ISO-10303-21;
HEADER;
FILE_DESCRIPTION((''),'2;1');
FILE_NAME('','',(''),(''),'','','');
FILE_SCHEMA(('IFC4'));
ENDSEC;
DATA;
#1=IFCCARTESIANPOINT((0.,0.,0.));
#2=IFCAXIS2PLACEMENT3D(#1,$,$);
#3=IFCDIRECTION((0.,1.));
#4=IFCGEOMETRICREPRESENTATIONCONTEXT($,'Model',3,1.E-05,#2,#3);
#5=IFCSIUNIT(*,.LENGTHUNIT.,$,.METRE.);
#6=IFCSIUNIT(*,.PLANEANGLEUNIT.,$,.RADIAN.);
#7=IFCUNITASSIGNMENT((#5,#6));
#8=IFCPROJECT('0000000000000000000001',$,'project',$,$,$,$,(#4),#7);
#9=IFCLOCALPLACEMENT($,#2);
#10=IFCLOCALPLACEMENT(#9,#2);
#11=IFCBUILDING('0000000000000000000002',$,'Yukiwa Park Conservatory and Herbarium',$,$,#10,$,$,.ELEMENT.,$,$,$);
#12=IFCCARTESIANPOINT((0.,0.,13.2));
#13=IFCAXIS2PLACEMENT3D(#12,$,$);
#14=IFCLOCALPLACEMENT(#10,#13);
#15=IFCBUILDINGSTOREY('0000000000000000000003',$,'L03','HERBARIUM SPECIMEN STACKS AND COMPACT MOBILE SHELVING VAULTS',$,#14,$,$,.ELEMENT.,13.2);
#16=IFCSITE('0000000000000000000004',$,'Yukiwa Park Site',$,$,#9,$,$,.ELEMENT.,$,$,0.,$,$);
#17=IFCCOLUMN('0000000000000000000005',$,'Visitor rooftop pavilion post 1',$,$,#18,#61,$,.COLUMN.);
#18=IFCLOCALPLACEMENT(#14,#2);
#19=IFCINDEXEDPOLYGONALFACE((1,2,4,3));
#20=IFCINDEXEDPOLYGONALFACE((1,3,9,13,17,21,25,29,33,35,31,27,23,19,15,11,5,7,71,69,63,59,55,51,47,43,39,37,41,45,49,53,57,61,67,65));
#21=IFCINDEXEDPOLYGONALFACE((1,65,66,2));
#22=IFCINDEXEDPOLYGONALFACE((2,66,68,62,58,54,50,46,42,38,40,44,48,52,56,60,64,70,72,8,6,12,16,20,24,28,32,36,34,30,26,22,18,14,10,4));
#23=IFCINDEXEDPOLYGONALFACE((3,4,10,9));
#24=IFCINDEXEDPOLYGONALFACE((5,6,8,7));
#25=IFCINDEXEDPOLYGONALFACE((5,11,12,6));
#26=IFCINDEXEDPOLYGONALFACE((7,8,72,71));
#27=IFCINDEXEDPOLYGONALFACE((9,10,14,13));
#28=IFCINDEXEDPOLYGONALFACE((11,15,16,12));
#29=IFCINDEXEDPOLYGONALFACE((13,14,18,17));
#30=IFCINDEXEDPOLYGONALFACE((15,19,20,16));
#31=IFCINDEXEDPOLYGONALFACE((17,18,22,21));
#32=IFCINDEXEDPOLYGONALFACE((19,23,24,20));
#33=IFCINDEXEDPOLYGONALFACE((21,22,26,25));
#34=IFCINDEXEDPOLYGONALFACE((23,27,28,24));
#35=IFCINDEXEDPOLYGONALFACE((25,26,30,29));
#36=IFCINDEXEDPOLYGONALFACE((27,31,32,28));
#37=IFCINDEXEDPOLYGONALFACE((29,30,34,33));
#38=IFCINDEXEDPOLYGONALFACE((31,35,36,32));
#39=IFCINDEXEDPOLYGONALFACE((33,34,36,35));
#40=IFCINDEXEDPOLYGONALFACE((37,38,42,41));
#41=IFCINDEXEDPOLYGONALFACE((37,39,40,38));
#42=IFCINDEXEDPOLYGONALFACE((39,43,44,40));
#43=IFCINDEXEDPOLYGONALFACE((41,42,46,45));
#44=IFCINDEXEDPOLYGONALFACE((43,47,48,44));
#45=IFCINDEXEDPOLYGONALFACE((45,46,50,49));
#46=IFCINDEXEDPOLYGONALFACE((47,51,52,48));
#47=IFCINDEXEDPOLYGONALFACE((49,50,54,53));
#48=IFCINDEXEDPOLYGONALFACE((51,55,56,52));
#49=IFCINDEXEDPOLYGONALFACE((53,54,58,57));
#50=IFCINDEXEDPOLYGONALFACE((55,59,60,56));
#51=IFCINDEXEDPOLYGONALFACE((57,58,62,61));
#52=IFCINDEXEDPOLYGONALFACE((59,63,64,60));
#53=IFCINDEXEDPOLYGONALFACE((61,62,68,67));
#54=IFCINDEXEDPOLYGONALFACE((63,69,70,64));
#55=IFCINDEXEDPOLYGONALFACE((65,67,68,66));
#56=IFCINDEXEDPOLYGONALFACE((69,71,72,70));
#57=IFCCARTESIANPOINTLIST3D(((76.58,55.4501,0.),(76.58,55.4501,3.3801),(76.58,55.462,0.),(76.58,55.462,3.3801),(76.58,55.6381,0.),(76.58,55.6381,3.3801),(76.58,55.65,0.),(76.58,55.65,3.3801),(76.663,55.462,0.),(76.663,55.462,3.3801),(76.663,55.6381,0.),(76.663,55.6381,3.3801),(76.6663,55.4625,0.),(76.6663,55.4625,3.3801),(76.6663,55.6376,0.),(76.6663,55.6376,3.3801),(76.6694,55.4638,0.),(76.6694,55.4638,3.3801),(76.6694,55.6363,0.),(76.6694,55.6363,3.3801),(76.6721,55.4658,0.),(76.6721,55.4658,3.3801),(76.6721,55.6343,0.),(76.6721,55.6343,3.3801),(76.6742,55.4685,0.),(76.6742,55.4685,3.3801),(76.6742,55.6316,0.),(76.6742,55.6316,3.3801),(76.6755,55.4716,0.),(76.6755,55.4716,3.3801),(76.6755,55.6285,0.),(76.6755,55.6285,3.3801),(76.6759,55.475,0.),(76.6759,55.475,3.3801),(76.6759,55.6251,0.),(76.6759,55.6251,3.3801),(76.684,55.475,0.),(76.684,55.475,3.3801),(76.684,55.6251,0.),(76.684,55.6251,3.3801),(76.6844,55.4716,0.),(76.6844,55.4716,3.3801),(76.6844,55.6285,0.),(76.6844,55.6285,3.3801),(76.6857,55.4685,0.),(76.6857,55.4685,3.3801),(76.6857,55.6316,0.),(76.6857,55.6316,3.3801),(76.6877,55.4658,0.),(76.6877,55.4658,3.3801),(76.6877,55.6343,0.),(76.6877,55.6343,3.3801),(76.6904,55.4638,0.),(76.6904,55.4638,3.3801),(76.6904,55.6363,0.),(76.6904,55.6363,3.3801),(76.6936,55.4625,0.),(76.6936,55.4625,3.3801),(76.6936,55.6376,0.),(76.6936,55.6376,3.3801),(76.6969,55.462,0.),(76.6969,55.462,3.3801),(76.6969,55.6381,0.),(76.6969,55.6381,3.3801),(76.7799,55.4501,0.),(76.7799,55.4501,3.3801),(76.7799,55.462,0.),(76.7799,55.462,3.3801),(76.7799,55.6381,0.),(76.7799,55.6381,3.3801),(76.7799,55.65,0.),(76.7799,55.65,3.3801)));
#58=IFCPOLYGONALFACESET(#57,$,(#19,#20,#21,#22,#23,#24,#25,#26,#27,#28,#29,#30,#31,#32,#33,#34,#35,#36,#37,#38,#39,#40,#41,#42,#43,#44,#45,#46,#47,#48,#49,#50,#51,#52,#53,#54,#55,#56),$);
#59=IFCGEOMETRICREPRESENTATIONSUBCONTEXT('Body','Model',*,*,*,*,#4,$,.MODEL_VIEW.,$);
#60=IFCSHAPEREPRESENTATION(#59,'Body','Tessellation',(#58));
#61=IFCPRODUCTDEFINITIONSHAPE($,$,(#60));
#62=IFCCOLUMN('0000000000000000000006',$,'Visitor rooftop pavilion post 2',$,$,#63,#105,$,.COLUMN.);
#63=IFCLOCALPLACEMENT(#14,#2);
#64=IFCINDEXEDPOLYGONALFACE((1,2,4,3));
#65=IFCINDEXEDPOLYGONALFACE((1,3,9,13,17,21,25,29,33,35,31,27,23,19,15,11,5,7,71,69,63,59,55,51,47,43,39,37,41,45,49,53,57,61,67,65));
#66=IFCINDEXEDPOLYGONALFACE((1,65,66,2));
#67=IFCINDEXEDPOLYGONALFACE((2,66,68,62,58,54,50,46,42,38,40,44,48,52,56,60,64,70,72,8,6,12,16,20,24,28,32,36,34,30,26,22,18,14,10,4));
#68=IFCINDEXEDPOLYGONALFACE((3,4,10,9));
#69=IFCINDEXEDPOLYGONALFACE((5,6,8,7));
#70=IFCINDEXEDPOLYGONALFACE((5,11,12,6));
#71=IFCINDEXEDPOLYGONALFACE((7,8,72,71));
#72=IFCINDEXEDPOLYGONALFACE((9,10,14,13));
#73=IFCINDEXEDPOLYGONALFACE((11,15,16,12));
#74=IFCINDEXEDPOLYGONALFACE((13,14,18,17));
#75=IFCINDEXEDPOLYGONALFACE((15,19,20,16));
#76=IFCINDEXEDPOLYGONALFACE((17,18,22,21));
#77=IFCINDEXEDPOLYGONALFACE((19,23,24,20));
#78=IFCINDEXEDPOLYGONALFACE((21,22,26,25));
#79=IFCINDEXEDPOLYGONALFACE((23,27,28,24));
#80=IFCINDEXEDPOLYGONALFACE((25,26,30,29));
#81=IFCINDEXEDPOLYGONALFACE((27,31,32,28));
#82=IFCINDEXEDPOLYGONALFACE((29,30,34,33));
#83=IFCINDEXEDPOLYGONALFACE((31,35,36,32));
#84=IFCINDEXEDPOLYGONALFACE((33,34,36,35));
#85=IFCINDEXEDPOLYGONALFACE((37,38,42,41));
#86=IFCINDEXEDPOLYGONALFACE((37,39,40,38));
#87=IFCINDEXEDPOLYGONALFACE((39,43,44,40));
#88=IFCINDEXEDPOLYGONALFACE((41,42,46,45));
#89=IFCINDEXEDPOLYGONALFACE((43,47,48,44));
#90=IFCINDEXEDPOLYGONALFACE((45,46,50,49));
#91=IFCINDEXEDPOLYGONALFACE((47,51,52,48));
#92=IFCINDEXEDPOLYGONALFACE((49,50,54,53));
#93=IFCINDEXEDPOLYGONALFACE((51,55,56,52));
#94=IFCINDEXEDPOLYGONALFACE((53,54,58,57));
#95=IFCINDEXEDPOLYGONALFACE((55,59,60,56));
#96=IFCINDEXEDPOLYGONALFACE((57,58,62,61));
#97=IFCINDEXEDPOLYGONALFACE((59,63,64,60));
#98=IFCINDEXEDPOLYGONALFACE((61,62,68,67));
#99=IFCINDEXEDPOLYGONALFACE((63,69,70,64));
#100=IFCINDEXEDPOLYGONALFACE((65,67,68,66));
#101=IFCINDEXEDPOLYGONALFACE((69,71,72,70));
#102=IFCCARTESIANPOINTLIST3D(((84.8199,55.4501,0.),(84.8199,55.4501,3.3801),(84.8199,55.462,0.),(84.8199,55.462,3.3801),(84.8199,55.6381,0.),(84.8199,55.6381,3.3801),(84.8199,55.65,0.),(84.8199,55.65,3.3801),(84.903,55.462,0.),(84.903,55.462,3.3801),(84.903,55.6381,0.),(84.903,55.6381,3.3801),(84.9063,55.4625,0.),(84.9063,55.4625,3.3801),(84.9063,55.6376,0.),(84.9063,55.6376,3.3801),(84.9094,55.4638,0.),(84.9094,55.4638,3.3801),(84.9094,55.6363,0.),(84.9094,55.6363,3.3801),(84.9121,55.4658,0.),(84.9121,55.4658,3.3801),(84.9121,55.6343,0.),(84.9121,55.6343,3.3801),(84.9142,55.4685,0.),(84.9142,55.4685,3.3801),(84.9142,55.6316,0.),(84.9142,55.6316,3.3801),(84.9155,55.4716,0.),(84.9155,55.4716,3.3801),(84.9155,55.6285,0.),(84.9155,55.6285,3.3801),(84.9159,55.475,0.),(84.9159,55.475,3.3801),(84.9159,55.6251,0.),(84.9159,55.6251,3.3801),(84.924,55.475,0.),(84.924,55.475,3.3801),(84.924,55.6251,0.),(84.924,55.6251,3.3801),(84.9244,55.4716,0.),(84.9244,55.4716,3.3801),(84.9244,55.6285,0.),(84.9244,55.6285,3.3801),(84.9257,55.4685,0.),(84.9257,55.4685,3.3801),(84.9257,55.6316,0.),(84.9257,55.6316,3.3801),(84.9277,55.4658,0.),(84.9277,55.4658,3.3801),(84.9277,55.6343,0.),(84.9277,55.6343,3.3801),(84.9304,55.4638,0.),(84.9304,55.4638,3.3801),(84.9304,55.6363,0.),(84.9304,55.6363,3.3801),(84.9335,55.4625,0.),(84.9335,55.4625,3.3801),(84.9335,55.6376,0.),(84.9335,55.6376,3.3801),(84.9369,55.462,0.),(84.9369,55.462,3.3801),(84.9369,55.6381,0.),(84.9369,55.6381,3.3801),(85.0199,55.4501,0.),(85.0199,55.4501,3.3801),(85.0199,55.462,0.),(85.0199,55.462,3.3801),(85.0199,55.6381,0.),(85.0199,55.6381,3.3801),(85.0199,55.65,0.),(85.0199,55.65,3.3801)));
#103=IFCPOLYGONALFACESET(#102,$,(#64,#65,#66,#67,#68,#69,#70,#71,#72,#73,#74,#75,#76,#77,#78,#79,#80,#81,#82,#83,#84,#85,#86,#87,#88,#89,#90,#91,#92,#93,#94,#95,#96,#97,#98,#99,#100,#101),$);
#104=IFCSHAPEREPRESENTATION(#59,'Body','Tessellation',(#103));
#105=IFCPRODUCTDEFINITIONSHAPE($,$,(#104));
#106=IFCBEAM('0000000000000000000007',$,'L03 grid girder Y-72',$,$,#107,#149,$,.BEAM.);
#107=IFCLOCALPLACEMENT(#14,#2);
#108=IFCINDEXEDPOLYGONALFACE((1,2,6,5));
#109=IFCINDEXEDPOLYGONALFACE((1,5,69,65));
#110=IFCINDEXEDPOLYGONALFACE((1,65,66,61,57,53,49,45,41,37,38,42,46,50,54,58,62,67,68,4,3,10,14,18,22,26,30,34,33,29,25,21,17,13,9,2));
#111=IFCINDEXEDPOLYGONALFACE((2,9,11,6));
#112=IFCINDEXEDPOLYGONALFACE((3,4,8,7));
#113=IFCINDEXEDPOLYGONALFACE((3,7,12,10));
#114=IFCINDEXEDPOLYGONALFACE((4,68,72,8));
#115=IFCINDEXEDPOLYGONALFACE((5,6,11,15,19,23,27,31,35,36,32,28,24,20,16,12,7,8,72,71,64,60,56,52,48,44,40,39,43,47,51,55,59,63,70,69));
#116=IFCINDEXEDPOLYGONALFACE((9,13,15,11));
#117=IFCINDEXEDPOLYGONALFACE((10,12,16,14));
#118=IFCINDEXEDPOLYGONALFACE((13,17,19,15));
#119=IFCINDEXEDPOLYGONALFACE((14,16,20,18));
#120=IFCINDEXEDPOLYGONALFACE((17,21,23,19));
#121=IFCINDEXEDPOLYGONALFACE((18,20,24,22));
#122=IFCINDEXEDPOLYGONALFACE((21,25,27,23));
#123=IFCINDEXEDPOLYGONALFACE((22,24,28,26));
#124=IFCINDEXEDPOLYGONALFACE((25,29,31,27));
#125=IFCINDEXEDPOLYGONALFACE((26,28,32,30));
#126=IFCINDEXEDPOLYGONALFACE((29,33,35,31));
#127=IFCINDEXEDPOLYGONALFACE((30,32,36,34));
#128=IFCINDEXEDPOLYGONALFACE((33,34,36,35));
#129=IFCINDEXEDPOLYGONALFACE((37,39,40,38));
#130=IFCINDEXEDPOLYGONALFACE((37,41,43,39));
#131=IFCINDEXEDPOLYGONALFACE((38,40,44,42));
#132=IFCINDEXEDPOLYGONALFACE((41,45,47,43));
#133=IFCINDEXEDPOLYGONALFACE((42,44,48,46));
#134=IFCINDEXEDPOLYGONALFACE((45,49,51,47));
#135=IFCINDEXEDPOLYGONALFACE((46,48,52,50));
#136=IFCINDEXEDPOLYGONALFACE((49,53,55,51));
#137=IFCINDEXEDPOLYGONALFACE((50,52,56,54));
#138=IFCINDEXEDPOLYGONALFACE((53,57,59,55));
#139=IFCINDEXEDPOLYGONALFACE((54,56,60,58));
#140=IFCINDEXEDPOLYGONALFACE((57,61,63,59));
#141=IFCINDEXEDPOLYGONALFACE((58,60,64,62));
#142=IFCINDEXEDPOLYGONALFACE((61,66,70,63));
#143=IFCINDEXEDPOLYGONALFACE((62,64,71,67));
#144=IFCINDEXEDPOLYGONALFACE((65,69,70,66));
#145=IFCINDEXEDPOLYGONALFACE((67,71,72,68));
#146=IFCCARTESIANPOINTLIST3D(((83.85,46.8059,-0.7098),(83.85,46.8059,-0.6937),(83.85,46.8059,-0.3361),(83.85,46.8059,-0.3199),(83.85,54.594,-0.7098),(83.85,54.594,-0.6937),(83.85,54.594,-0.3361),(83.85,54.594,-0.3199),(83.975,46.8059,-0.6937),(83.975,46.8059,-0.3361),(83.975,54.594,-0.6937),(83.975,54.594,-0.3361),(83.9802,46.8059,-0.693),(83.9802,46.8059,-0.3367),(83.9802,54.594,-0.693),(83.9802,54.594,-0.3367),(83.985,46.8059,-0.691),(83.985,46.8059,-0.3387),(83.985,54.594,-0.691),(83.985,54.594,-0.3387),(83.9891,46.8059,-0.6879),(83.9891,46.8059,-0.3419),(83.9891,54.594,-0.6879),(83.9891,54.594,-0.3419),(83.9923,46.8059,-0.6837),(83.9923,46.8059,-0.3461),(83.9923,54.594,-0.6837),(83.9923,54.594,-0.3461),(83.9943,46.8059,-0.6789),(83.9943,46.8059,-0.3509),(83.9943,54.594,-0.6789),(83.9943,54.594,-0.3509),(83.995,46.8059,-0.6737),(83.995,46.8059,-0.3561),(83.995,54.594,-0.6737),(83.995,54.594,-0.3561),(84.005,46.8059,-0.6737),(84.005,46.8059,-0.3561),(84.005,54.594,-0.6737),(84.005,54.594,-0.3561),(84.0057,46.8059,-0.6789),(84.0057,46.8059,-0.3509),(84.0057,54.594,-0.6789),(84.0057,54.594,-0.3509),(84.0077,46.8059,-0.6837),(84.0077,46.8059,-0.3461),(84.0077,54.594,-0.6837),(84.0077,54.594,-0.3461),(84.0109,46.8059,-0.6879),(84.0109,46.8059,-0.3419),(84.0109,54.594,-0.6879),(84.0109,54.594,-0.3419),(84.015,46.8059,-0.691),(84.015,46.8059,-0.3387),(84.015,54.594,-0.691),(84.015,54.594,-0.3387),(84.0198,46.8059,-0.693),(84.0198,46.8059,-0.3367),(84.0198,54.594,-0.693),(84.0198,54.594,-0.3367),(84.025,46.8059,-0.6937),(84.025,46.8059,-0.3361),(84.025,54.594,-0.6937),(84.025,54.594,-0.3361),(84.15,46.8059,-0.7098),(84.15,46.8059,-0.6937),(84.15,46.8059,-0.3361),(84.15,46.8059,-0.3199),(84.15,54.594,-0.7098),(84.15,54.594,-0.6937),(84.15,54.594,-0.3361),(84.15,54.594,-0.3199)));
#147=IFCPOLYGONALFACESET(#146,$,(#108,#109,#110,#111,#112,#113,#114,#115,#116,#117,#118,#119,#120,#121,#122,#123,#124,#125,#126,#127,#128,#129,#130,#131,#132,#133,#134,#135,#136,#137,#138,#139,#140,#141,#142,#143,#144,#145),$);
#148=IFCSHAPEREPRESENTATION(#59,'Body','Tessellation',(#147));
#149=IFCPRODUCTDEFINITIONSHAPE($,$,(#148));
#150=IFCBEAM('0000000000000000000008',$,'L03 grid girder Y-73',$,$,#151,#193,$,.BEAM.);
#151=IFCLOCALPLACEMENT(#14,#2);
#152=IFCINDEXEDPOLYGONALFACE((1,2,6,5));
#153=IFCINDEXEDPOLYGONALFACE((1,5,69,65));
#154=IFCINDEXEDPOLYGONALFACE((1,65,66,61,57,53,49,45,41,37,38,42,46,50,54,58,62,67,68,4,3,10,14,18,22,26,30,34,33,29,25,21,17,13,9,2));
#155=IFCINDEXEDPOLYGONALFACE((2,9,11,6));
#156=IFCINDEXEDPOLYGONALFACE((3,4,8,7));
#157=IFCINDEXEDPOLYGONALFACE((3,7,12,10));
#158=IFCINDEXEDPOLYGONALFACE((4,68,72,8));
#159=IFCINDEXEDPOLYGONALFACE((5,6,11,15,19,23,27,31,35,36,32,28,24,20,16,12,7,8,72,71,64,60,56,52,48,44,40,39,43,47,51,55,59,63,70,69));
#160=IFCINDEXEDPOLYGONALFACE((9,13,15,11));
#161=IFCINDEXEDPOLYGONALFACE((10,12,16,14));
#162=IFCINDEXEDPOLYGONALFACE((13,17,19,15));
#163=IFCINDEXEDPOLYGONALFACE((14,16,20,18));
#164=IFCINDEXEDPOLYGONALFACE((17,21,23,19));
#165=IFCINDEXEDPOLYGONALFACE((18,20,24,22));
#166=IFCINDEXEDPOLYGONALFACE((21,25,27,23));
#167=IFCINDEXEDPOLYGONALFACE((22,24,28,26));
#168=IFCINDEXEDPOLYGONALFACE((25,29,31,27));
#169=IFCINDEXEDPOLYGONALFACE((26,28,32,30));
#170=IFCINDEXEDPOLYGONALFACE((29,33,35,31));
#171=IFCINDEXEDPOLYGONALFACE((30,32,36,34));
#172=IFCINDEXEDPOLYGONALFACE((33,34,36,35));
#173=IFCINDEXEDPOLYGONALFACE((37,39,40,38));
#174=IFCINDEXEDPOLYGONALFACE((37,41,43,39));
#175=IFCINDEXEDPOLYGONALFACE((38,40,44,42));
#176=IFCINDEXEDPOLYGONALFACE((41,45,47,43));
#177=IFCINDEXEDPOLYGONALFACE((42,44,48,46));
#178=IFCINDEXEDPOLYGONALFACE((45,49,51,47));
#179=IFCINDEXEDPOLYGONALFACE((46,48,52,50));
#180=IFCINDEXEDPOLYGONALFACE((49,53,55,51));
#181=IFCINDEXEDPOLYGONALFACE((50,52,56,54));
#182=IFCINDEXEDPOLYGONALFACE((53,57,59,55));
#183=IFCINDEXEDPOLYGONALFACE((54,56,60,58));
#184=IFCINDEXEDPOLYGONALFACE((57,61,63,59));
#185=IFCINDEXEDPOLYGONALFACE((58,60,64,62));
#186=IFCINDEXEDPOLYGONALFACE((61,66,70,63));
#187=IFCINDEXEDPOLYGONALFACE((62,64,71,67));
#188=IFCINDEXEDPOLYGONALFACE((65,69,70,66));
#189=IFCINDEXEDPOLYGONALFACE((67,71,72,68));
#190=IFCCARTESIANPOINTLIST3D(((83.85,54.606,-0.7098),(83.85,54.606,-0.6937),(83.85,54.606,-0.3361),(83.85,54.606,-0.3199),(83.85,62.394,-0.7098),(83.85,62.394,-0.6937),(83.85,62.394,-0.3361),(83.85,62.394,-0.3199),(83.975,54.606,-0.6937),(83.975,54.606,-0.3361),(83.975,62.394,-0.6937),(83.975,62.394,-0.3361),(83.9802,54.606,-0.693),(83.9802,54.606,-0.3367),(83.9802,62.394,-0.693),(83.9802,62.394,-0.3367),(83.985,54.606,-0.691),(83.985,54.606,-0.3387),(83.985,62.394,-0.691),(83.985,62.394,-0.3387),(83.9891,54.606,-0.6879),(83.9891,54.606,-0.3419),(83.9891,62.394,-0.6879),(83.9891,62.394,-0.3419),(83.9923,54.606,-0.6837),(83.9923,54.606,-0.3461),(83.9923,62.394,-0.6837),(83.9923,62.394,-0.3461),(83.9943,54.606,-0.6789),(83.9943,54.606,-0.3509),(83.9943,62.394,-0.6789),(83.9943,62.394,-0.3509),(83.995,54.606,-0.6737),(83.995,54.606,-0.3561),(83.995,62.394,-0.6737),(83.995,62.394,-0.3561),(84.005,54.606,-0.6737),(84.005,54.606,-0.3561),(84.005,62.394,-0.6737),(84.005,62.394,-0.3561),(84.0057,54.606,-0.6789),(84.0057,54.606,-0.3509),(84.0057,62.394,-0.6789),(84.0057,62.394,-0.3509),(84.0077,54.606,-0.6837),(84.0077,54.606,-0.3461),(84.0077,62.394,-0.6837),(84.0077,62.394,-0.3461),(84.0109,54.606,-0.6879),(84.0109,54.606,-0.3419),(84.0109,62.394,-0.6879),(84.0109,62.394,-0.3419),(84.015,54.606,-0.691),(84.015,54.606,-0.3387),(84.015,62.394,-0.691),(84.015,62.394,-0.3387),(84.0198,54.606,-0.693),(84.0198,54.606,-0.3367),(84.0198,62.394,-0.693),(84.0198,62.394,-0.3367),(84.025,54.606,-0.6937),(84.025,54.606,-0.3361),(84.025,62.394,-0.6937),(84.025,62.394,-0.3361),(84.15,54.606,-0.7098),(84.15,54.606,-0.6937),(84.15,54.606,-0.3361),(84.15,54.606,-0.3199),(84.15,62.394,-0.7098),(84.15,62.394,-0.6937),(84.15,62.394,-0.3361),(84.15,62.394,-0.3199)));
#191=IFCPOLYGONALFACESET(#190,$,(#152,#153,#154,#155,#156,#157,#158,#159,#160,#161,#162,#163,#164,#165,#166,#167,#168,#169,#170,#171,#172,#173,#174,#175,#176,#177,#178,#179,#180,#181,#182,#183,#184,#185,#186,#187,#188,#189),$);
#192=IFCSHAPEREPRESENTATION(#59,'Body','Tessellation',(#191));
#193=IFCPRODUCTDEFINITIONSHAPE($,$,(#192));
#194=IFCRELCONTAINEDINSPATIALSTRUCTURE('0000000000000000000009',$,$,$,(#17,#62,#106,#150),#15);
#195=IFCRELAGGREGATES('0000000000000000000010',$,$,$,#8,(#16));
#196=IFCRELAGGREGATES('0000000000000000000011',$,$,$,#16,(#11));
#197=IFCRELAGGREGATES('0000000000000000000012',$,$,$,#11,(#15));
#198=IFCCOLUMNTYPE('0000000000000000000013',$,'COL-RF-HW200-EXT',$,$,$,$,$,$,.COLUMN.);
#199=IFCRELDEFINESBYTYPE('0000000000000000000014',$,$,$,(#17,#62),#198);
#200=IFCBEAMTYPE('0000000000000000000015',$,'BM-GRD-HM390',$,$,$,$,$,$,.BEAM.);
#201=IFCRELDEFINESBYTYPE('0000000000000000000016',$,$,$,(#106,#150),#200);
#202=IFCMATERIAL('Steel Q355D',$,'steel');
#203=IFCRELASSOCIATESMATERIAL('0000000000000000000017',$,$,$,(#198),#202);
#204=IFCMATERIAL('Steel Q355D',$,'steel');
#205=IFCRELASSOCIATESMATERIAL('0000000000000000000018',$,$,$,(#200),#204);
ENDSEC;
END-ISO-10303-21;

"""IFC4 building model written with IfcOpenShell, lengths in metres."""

from ifc_helpers import new_model, si_unit, direction, frame, origin, origin_2d, place, context, subcontext, project, spatial, i_section, extrude, material, material_profile, profile_set, type_object, element, save


model = new_model("IFC4")

# Units and contexts
model_context = context("Model", 3, precision=1e-05, world=origin(), true_north=direction((0.0, 1.0)))
body_context = subcontext(model_context, "Body", "Model", "MODEL_VIEW")
ifc_project = project(units=[si_unit("LENGTHUNIT", "METRE"), si_unit("PLANEANGLEUNIT", "RADIAN")], contexts=[model_context])

# Site, building, storey
site_placement = place(None, origin())
site = spatial("IfcSite", under=ifc_project, at=site_placement, Name="Yukiwa Park Site", CompositionType="ELEMENT", RefElevation=0.0)
building_placement = place(site_placement, origin())
building = spatial("IfcBuilding", under=site, at=building_placement, Name="Yukiwa Park Conservatory and Herbarium", CompositionType="ELEMENT")
storey_placement = place(building_placement, frame((0.0, 0.0, 13.2)))
storey = spatial("IfcBuildingStorey", under=building, at=storey_placement, Name="L03", Description="HERBARIUM SPECIMEN STACKS AND COMPACT MOBILE SHELVING VAULTS", CompositionType="ELEMENT", Elevation=13.2)

# Columns
ifc_material_1 = material(Name="Steel Q355D", Category="steel")
ifc_material_profile_1 = material_profile(ifc_material_1, i_section(OverallWidth=0.2, OverallDepth=0.2, WebThickness=0.0081, FlangeThickness=0.012, FilletRadius=0.0129, at=origin_2d()), Name="HW 200x200x8x12")
ifc_profile_set_1 = profile_set([ifc_material_profile_1], Name="Steel Q355D")
column_type = type_object("IfcColumnType", Name="COL-RF-HW200-EXT", PredefinedType="COLUMN", material=ifc_profile_set_1)
for number, where, z_axis, x_axis, name in (
    (1, (76.6799, 55.55, 0.0), (0.0, 0.0, 1.0), (1.0, 0.0, 0.0), "Visitor rooftop pavilion post 1"),
    (2, (84.9199, 55.55, 0.0), (0.0, 0.0, 1.0), (1.0, 0.0, 0.0), "Visitor rooftop pavilion post 2"),
):
    element("IfcColumn", number, at=place(storey_placement, frame(where, z_axis=z_axis, x_axis=x_axis)), inside=storey, type_object=column_type, Name=name, PredefinedType="COLUMN", context=body_context, shape_type="SweptSolid", body=[
        extrude(i_section(OverallWidth=0.2, OverallDepth=0.2, WebThickness=0.0081, FlangeThickness=0.012, FilletRadius=0.0129, at=origin_2d()), origin(), (0.0, 0.0, 1.0), 3.3801),
    ])

# Beams
ifc_material_2 = material(Name="Steel Q355D", Category="steel")
ifc_material_profile_2 = material_profile(ifc_material_2, i_section(OverallWidth=0.3, OverallDepth=0.3899, WebThickness=0.01, FlangeThickness=0.0161, FilletRadius=0.02, at=origin_2d()), Name="HM 390x300x10x16")
ifc_profile_set_2 = profile_set([ifc_material_profile_2], Name="Steel Q355D")
beam_type_1 = type_object("IfcBeamType", Name="BM-GRD-HM390", PredefinedType="BEAM", material=ifc_profile_set_2)
for number, where, z_axis, x_axis, name in (
    (3, (84.0, 46.8059, -0.5149), (0.0, 1.0, 0.0), (-1.0, 0.0, 0.0), "L03 grid girder Y-72"),
    (4, (84.0, 54.606, -0.5149), (0.0, 1.0, 0.0), (-1.0, 0.0, 0.0), "L03 grid girder Y-73"),
):
    element("IfcBeam", number, at=place(storey_placement, frame(where, z_axis=z_axis, x_axis=x_axis)), inside=storey, type_object=beam_type_1, Name=name, PredefinedType="BEAM", context=body_context, shape_type="SweptSolid", body=[
        extrude(i_section(OverallWidth=0.3, OverallDepth=0.3899, WebThickness=0.01, FlangeThickness=0.0161, FilletRadius=0.02, at=origin_2d()), origin(), (0.0, 0.0, 1.0), 7.7881),
    ])

save(model, "model.ifc")
